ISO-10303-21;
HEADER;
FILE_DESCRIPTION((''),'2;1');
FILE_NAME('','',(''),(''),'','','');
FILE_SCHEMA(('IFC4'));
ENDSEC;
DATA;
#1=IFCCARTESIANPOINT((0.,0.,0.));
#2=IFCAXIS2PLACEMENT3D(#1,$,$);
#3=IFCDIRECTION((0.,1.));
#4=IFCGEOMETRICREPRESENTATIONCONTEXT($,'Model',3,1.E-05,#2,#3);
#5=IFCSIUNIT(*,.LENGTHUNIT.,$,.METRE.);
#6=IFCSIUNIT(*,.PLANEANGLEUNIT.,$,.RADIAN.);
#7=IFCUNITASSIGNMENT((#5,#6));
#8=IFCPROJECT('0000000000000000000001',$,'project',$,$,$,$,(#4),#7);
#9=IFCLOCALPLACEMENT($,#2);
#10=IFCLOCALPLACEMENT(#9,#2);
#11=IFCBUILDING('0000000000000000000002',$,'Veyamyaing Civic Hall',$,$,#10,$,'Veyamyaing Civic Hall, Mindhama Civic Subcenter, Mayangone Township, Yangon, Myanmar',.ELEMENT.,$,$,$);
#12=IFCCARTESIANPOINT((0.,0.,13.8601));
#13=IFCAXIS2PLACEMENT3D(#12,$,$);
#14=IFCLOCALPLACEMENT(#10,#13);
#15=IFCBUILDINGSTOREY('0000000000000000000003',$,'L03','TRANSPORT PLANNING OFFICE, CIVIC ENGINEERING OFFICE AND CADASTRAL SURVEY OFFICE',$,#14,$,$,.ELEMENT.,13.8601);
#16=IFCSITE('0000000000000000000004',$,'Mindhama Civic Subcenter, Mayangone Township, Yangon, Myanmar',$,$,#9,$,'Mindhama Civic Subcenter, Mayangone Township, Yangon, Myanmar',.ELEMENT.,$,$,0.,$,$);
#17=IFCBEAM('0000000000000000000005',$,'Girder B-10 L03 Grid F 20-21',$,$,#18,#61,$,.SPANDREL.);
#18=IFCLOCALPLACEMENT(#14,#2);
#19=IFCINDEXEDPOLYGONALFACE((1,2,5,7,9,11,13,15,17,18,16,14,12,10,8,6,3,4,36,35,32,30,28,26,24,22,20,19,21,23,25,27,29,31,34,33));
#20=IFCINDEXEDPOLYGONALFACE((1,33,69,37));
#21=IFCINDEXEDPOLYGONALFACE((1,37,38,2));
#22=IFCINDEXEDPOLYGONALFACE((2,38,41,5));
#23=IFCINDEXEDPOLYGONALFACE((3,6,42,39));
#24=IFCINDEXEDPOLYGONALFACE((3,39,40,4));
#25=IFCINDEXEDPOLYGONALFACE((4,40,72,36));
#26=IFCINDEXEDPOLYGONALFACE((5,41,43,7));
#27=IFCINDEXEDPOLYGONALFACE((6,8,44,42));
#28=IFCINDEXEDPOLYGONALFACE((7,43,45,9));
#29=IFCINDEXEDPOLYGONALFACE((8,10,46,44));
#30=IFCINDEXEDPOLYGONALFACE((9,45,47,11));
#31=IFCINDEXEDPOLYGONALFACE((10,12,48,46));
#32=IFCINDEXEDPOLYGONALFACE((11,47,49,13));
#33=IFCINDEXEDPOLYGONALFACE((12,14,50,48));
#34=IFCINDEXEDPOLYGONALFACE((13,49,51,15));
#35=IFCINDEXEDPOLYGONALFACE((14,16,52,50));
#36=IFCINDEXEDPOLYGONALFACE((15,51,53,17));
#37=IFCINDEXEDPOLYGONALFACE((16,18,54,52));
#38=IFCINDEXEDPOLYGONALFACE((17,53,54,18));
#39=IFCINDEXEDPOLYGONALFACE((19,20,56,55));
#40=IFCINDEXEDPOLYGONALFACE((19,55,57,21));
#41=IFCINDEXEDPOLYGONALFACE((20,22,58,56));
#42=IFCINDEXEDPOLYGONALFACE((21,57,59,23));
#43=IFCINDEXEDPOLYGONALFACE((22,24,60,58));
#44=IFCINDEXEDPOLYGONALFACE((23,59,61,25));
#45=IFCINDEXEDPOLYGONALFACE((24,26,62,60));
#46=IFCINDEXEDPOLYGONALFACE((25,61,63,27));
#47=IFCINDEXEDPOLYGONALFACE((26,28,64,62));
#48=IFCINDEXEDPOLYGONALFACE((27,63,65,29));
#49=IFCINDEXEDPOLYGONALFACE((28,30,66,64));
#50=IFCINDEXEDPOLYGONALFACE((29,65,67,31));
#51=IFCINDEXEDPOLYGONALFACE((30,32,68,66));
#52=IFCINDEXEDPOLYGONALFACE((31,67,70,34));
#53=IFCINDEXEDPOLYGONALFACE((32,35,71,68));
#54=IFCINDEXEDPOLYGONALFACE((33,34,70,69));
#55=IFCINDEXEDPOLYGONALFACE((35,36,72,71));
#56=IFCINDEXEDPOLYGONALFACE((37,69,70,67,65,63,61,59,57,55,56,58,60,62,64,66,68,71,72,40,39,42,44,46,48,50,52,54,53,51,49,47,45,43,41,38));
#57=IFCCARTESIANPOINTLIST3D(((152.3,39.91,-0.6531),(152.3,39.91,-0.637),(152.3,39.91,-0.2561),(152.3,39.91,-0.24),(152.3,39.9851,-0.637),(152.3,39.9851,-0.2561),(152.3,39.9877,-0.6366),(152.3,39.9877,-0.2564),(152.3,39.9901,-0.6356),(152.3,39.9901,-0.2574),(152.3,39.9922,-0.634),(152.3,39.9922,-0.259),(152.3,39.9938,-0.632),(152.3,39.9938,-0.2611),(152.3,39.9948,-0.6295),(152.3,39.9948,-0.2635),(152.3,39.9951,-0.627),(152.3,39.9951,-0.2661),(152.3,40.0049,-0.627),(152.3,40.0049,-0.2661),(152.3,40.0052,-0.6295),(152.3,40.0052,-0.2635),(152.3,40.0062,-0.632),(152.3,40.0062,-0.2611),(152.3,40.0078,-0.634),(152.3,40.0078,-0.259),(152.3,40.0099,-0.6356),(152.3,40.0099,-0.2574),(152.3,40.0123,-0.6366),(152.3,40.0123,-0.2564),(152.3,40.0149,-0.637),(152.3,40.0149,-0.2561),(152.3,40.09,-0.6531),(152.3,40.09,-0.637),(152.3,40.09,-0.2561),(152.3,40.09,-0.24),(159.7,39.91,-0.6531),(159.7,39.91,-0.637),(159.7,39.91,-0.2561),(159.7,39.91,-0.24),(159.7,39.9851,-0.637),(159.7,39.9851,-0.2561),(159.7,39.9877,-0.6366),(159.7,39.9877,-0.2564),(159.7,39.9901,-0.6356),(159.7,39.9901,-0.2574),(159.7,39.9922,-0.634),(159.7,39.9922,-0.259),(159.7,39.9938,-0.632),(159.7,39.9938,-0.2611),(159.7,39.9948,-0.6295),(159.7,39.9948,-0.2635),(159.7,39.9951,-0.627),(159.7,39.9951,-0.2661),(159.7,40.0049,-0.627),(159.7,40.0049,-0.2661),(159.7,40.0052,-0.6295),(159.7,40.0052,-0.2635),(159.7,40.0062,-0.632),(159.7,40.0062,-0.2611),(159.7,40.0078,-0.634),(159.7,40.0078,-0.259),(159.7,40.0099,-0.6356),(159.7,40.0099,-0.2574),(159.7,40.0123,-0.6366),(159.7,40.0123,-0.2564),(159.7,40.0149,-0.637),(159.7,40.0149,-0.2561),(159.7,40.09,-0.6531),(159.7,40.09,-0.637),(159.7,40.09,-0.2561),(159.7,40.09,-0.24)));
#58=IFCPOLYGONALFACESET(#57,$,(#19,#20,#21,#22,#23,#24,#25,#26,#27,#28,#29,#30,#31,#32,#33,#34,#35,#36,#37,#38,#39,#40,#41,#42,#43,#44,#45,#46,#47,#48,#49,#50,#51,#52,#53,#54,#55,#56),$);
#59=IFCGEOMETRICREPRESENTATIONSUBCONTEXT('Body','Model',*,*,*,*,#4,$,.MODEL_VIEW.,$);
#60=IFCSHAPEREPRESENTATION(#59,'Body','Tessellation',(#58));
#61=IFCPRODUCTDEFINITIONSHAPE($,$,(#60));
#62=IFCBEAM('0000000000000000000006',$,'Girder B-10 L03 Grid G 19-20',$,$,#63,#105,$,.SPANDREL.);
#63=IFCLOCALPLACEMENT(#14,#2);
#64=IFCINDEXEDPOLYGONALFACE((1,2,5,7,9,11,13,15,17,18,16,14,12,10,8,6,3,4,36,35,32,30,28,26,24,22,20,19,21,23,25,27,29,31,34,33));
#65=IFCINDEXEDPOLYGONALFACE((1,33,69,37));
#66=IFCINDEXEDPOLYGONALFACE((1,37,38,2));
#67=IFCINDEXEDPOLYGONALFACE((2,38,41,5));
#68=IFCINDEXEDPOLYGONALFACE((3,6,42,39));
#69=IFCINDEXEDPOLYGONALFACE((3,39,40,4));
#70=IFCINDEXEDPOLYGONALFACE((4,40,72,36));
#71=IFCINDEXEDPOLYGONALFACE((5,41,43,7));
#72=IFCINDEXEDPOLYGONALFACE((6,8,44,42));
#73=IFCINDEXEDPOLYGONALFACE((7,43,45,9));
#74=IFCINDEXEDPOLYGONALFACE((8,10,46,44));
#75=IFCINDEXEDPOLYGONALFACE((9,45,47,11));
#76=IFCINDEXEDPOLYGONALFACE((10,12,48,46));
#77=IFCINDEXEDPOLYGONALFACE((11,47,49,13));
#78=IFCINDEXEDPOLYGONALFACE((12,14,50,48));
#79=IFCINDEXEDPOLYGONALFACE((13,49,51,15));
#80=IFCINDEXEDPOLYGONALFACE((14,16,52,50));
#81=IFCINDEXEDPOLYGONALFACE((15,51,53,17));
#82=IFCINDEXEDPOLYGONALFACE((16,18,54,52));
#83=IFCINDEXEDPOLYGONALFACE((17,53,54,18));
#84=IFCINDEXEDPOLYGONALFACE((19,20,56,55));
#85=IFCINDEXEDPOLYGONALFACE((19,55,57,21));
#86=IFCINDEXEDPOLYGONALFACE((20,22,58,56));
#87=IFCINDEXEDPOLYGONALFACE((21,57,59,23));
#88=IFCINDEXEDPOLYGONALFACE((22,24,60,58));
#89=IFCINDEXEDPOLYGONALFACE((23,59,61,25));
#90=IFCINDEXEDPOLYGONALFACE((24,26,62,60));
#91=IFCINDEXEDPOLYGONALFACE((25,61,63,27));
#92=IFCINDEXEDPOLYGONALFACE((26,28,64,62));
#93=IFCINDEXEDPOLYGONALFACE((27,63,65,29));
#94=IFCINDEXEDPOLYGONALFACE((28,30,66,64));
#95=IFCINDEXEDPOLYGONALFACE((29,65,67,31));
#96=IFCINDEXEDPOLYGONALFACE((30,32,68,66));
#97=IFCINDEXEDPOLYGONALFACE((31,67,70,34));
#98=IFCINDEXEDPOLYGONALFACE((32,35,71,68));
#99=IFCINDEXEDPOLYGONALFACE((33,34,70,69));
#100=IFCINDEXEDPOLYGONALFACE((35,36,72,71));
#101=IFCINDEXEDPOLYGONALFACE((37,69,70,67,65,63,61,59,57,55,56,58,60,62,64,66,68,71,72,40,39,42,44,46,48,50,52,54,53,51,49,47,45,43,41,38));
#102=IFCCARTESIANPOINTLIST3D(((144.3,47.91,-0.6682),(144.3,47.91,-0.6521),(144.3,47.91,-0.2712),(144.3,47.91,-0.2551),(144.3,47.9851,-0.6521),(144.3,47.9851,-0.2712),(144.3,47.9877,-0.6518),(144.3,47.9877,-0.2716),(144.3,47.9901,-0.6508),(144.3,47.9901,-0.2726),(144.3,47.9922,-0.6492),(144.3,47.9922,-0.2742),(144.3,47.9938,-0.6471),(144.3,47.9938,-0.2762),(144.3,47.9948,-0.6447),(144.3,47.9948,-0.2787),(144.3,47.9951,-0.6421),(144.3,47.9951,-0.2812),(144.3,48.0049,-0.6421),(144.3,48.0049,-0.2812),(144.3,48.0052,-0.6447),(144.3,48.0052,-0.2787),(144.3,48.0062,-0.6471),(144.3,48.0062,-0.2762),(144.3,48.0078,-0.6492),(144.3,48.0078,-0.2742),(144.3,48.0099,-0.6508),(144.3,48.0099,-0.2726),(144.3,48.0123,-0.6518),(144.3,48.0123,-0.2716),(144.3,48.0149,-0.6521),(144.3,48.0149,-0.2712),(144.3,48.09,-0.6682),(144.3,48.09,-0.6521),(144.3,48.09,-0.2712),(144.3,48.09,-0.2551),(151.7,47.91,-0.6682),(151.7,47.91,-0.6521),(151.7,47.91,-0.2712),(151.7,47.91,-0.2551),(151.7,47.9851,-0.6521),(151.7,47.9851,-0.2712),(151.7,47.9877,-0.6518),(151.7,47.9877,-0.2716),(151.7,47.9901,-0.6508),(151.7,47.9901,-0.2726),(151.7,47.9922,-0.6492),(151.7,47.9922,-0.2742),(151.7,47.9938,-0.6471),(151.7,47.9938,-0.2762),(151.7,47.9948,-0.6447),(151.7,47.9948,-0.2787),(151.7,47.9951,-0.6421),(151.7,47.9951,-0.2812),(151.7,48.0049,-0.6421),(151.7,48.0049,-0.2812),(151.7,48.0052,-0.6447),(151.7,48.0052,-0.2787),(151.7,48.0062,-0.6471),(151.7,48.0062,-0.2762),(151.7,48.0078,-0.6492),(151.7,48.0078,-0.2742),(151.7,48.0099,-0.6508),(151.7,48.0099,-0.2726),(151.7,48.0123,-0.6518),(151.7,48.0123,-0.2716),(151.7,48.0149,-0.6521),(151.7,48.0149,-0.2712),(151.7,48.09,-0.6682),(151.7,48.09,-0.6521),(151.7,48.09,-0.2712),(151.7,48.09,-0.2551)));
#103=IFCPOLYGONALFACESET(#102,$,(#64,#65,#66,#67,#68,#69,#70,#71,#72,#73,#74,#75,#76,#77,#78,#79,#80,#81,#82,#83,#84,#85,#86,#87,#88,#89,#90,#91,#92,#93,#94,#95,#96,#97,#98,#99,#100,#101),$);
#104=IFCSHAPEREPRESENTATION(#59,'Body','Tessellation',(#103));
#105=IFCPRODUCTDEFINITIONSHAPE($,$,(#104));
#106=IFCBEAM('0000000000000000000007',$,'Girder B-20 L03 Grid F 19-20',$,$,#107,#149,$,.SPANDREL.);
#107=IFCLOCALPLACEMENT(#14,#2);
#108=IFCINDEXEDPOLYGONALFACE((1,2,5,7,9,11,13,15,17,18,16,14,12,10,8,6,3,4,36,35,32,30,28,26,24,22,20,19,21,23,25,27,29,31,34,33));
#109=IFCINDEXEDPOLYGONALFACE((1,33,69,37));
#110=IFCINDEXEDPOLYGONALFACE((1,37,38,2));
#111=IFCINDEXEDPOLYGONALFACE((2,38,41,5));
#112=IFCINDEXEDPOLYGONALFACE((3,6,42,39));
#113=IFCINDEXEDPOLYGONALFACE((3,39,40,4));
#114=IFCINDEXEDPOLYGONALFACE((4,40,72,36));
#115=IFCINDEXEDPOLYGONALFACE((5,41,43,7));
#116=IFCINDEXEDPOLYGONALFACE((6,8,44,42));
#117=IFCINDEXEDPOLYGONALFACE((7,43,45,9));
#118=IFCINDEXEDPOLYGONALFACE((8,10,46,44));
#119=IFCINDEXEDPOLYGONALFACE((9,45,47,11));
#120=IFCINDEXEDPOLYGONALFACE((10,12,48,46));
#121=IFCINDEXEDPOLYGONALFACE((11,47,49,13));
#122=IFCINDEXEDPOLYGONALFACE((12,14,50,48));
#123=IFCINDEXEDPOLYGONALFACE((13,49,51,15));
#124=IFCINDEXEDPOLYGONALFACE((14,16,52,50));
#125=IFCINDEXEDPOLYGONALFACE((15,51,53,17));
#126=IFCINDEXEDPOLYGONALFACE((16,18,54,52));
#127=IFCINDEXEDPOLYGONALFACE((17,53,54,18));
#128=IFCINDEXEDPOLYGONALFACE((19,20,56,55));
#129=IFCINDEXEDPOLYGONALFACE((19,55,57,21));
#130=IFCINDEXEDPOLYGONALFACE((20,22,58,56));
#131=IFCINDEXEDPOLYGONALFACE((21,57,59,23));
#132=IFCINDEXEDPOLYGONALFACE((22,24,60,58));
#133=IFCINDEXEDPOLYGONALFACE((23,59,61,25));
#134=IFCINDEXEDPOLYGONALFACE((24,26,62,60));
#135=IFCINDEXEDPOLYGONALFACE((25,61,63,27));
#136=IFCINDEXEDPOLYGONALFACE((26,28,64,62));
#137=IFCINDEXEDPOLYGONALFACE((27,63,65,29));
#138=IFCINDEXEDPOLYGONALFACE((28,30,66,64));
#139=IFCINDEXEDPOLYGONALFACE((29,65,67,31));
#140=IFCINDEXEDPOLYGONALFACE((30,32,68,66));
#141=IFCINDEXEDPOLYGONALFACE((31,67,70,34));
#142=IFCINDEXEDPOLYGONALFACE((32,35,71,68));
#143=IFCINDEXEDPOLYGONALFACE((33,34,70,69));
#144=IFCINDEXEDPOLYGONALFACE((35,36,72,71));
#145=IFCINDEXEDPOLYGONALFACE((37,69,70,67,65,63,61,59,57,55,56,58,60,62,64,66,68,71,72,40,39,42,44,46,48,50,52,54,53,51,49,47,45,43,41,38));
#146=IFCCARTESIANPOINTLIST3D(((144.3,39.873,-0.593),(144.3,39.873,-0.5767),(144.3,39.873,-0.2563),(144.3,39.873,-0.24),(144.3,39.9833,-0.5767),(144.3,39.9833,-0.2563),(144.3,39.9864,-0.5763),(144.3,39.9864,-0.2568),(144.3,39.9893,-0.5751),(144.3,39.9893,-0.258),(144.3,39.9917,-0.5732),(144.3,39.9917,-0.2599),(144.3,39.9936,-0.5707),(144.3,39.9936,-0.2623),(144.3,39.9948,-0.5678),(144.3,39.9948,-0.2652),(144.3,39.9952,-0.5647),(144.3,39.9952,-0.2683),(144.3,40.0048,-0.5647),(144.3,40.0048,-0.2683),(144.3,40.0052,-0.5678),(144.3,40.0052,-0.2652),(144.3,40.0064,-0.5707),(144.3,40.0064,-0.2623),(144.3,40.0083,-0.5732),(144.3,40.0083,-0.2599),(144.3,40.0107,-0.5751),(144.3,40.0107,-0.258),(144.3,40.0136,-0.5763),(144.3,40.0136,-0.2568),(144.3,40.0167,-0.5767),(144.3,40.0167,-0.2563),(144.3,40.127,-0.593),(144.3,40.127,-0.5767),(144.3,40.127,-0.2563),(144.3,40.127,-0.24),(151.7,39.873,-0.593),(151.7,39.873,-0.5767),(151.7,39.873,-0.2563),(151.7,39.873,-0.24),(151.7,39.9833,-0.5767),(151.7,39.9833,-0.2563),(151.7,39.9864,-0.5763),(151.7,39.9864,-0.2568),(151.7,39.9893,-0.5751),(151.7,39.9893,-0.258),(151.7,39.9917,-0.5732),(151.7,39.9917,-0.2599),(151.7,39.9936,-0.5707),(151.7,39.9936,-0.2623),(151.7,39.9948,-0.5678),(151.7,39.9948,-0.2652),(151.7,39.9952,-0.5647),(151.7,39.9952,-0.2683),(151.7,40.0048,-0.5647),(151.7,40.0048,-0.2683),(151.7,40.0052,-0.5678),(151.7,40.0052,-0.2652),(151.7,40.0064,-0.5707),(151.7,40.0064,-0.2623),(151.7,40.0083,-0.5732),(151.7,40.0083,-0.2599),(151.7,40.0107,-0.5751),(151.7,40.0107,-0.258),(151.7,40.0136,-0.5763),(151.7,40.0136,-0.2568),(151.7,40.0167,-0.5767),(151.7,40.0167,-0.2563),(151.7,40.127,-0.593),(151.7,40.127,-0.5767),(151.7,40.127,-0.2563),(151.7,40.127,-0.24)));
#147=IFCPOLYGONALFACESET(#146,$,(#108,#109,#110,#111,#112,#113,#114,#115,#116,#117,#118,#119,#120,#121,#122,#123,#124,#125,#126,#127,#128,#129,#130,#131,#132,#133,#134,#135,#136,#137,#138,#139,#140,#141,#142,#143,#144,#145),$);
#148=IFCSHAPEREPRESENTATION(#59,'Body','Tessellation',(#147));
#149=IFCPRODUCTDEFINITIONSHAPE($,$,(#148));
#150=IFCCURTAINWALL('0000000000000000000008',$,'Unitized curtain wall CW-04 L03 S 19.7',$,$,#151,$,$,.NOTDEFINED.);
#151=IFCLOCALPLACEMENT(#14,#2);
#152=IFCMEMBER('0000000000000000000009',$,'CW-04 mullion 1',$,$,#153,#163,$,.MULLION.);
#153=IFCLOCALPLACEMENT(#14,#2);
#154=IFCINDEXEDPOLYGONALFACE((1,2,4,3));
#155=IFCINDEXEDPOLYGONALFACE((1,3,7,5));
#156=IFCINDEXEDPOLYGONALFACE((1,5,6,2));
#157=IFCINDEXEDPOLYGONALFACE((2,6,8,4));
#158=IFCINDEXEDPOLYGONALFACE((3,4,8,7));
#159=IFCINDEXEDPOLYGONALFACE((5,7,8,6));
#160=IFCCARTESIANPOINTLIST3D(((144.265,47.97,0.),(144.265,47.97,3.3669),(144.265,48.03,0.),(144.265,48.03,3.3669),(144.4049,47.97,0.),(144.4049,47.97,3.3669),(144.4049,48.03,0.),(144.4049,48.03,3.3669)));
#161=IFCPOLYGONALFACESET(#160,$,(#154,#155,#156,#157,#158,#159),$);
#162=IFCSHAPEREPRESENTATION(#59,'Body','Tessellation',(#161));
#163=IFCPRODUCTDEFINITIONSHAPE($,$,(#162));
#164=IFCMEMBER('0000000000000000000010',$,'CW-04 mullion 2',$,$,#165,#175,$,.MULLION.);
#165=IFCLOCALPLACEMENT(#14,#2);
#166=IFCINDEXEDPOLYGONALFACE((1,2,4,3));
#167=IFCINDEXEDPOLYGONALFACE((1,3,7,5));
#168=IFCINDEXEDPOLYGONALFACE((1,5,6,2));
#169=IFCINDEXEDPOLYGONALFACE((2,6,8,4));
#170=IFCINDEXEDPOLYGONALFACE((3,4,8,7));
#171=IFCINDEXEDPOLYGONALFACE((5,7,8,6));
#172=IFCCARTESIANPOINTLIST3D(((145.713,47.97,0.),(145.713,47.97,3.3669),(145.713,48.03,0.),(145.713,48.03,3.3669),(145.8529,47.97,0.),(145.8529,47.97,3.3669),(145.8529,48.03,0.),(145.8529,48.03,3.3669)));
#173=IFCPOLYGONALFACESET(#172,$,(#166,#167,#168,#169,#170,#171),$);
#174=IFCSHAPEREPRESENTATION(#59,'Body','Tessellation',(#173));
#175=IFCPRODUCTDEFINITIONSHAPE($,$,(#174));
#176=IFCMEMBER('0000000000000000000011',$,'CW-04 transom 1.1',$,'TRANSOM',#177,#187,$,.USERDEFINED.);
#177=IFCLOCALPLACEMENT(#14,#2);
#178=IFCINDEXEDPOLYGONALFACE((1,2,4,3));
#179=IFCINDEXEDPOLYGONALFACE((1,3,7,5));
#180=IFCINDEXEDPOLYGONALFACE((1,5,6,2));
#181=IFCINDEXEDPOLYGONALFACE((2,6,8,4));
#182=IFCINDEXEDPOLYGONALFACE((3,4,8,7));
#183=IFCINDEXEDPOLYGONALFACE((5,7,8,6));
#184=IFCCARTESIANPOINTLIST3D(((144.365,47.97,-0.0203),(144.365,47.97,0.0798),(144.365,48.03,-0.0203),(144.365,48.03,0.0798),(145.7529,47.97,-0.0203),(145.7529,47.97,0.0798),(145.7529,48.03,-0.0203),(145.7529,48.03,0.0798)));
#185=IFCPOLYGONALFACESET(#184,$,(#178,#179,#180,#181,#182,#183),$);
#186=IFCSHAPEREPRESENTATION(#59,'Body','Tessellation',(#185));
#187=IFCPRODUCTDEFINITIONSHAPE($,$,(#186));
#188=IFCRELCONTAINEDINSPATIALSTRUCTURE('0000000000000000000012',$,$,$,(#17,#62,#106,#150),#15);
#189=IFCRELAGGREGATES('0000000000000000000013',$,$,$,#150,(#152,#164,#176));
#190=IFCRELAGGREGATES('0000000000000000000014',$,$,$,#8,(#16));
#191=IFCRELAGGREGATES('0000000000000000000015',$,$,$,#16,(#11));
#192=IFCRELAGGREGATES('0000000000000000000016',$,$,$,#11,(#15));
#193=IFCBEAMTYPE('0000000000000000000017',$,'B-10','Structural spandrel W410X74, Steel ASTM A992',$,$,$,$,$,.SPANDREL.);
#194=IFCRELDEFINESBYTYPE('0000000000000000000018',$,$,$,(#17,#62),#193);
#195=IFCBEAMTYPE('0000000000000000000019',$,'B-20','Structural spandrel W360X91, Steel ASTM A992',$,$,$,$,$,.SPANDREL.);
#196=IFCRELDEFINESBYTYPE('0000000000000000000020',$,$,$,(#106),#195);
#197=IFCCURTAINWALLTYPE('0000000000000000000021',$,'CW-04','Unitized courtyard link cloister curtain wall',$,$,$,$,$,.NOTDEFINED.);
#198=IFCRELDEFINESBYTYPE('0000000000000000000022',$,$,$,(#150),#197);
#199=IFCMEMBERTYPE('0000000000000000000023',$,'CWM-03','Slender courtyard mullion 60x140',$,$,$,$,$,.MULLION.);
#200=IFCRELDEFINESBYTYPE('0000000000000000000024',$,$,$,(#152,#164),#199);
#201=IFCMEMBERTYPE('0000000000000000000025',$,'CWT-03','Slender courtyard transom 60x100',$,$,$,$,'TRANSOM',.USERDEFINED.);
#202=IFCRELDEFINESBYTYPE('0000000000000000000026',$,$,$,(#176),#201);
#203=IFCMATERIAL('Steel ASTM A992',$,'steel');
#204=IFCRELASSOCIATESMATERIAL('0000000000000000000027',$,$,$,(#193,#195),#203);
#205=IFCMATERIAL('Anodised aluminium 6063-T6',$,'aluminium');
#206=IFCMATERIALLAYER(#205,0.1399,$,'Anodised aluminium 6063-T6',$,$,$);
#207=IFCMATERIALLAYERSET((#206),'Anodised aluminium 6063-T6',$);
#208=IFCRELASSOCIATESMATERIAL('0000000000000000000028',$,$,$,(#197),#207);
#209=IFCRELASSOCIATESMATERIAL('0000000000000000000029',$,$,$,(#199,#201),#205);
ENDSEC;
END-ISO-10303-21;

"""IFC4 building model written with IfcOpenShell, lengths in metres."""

from ifc_helpers import new_model, si_unit, direction, frame, origin, origin_2d, place, context, subcontext, project, spatial, rectangle, i_section, extrude, material, layer, layer_set, material_profile, profile_set, type_object, element, aggregate, save


model = new_model("IFC4")

# Units and contexts
model_context = context("Model", 3, precision=1e-05, world=origin(), true_north=direction((0.0, 1.0)))
body_context = subcontext(model_context, "Body", "Model", "MODEL_VIEW")
ifc_project = project(units=[si_unit("LENGTHUNIT", "METRE"), si_unit("PLANEANGLEUNIT", "RADIAN")], contexts=[model_context])

# Site, building, storey
site_placement = place(None, origin())
site = spatial("IfcSite", under=ifc_project, at=site_placement, Name="Mindhama Civic Subcenter, Mayangone Township, Yangon, Myanmar", LongName="Mindhama Civic Subcenter, Mayangone Township, Yangon, Myanmar", CompositionType="ELEMENT", RefElevation=0.0)
building_placement = place(site_placement, origin())
building = spatial("IfcBuilding", under=site, at=building_placement, Name="Veyamyaing Civic Hall", LongName="Veyamyaing Civic Hall, Mindhama Civic Subcenter, Mayangone Township, Yangon, Myanmar", CompositionType="ELEMENT")
storey_placement = place(building_placement, frame((0.0, 0.0, 13.8601)))
storey = spatial("IfcBuildingStorey", under=building, at=storey_placement, Name="L03", Description="TRANSPORT PLANNING OFFICE, CIVIC ENGINEERING OFFICE AND CADASTRAL SURVEY OFFICE", CompositionType="ELEMENT", Elevation=13.8601)

# Beams
ifc_material_1 = material(Name="Steel ASTM A992", Category="steel")
ifc_material_profile_1 = material_profile(ifc_material_1, i_section(OverallWidth=0.1799, OverallDepth=0.4131, WebThickness=0.0098, FlangeThickness=0.0161, FilletRadius=0.01, at=origin_2d()), Name="W410X74")
ifc_profile_set_1 = profile_set([ifc_material_profile_1], Name="Steel ASTM A992")
beam_type_1 = type_object("IfcBeamType", Name="B-10", Description="Structural spandrel W410X74, Steel ASTM A992", PredefinedType="SPANDREL", material=ifc_profile_set_1)
for number, where, z_axis, x_axis, name in (
    (1, (152.3, 40.0, -0.4465), (1.0, 0.0, 0.0), (0.0, 1.0, 0.0), "Girder B-10 L03 Grid F 20-21"),
    (2, (144.3, 48.0, -0.4617), (1.0, 0.0, 0.0), (0.0, 1.0, 0.0), "Girder B-10 L03 Grid G 19-20"),
):
    element("IfcBeam", number, at=place(storey_placement, frame(where, z_axis=z_axis, x_axis=x_axis)), inside=storey, type_object=beam_type_1, Name=name, PredefinedType="SPANDREL", context=body_context, shape_type="SweptSolid", body=[
        extrude(i_section(OverallWidth=0.1799, OverallDepth=0.4131, WebThickness=0.0098, FlangeThickness=0.0161, FilletRadius=0.01, at=origin_2d()), origin(), (0.0, 0.0, 1.0), 7.3999),
    ])
ifc_material_profile_2 = material_profile(ifc_material_1, i_section(OverallWidth=0.2539, OverallDepth=0.353, WebThickness=0.0095, FlangeThickness=0.0164, FilletRadius=0.012, at=origin_2d()), Name="W360X91")
ifc_profile_set_2 = profile_set([ifc_material_profile_2], Name="Steel ASTM A992")
beam_type_2 = type_object("IfcBeamType", Name="B-20", Description="Structural spandrel W360X91, Steel ASTM A992", PredefinedType="SPANDREL", material=ifc_profile_set_2)
beam_1_placement = place(storey_placement, frame((144.3, 40.0, -0.4165), z_axis=(1.0, 0.0, 0.0), x_axis=(0.0, 1.0, 0.0)))
element("IfcBeam", 3, at=beam_1_placement, inside=storey, type_object=beam_type_2, Name="Girder B-20 L03 Grid F 19-20", PredefinedType="SPANDREL", context=body_context, shape_type="SweptSolid", body=[
    extrude(i_section(OverallWidth=0.2539, OverallDepth=0.353, WebThickness=0.0095, FlangeThickness=0.0164, FilletRadius=0.012, at=origin_2d()), origin(), (0.0, 0.0, 1.0), 7.3999),
])

# Curtain wall, members
ifc_material_2 = material(Name="Anodised aluminium 6063-T6", Category="aluminium")
ifc_layer_1 = layer(ifc_material_2, 0.1399, Name="Anodised aluminium 6063-T6")
ifc_layer_set_1 = layer_set([ifc_layer_1], Name="Anodised aluminium 6063-T6")
curtain_wall_type = type_object("IfcCurtainWallType", Name="CW-04", Description="Unitized courtyard link cloister curtain wall", PredefinedType="NOTDEFINED", material=ifc_layer_set_1)
curtain_wall_placement = place(storey_placement, origin())
curtain_wall = element("IfcCurtainWall", 4, at=curtain_wall_placement, inside=storey, type_object=curtain_wall_type, Name="Unitized curtain wall CW-04 L03 S 19.7", PredefinedType="NOTDEFINED")
ifc_material_profile_3 = material_profile(ifc_material_2, rectangle(XDim=0.0601, YDim=0.1399, at=origin_2d()), Name="ALU-MUL-60X140")
ifc_profile_set_3 = profile_set([ifc_material_profile_3], Name="Anodised aluminium 6063-T6")
member_type_1 = type_object("IfcMemberType", Name="CWM-03", Description="Slender courtyard mullion 60x140", PredefinedType="MULLION", material=ifc_profile_set_3)
member_1_placement = place(storey_placement, frame((144.335, 48.0, 0.0), z_axis=(0.0, 0.0, 1.0), x_axis=(0.0, 1.0, 0.0)))
member_1 = element("IfcMember", 5, at=member_1_placement, type_object=member_type_1, Name="CW-04 mullion 1", PredefinedType="MULLION", context=body_context, shape_type="SweptSolid", body=[
    extrude(rectangle(XDim=0.0601, YDim=0.1399, at=origin_2d()), origin(), (0.0, 0.0, 1.0), 3.3669),
])
member_2_placement = place(storey_placement, frame((145.783, 48.0, 0.0), z_axis=(0.0, 0.0, 1.0), x_axis=(0.0, 1.0, 0.0)))
member_2 = element("IfcMember", 6, at=member_2_placement, type_object=member_type_1, Name="CW-04 mullion 2", PredefinedType="MULLION", context=body_context, shape_type="SweptSolid", body=[
    extrude(rectangle(XDim=0.0601, YDim=0.1399, at=origin_2d()), origin(), (0.0, 0.0, 1.0), 3.3669),
])
ifc_material_profile_4 = material_profile(ifc_material_2, rectangle(XDim=0.0601, YDim=0.1001, at=origin_2d()), Name="ALU-TRN-60X100")
ifc_profile_set_4 = profile_set([ifc_material_profile_4], Name="Anodised aluminium 6063-T6")
member_type_2 = type_object("IfcMemberType", Name="CWT-03", Description="Slender courtyard transom 60x100", ElementType="TRANSOM", PredefinedType="USERDEFINED", material=ifc_profile_set_4)
member_3_placement = place(storey_placement, frame((144.365, 48.0, 0.0298), z_axis=(1.0, 0.0, 0.0), x_axis=(0.0, 1.0, 0.0)))
member_3 = element("IfcMember", 7, at=member_3_placement, type_object=member_type_2, Name="CW-04 transom 1.1", ObjectType="TRANSOM", PredefinedType="USERDEFINED", context=body_context, shape_type="SweptSolid", body=[
    extrude(rectangle(XDim=0.0601, YDim=0.1001, at=origin_2d()), origin(), (0.0, 0.0, 1.0), 1.3879),
])

aggregate(curtain_wall, [member_1, member_2, member_3])

save(model, "model.ifc")
